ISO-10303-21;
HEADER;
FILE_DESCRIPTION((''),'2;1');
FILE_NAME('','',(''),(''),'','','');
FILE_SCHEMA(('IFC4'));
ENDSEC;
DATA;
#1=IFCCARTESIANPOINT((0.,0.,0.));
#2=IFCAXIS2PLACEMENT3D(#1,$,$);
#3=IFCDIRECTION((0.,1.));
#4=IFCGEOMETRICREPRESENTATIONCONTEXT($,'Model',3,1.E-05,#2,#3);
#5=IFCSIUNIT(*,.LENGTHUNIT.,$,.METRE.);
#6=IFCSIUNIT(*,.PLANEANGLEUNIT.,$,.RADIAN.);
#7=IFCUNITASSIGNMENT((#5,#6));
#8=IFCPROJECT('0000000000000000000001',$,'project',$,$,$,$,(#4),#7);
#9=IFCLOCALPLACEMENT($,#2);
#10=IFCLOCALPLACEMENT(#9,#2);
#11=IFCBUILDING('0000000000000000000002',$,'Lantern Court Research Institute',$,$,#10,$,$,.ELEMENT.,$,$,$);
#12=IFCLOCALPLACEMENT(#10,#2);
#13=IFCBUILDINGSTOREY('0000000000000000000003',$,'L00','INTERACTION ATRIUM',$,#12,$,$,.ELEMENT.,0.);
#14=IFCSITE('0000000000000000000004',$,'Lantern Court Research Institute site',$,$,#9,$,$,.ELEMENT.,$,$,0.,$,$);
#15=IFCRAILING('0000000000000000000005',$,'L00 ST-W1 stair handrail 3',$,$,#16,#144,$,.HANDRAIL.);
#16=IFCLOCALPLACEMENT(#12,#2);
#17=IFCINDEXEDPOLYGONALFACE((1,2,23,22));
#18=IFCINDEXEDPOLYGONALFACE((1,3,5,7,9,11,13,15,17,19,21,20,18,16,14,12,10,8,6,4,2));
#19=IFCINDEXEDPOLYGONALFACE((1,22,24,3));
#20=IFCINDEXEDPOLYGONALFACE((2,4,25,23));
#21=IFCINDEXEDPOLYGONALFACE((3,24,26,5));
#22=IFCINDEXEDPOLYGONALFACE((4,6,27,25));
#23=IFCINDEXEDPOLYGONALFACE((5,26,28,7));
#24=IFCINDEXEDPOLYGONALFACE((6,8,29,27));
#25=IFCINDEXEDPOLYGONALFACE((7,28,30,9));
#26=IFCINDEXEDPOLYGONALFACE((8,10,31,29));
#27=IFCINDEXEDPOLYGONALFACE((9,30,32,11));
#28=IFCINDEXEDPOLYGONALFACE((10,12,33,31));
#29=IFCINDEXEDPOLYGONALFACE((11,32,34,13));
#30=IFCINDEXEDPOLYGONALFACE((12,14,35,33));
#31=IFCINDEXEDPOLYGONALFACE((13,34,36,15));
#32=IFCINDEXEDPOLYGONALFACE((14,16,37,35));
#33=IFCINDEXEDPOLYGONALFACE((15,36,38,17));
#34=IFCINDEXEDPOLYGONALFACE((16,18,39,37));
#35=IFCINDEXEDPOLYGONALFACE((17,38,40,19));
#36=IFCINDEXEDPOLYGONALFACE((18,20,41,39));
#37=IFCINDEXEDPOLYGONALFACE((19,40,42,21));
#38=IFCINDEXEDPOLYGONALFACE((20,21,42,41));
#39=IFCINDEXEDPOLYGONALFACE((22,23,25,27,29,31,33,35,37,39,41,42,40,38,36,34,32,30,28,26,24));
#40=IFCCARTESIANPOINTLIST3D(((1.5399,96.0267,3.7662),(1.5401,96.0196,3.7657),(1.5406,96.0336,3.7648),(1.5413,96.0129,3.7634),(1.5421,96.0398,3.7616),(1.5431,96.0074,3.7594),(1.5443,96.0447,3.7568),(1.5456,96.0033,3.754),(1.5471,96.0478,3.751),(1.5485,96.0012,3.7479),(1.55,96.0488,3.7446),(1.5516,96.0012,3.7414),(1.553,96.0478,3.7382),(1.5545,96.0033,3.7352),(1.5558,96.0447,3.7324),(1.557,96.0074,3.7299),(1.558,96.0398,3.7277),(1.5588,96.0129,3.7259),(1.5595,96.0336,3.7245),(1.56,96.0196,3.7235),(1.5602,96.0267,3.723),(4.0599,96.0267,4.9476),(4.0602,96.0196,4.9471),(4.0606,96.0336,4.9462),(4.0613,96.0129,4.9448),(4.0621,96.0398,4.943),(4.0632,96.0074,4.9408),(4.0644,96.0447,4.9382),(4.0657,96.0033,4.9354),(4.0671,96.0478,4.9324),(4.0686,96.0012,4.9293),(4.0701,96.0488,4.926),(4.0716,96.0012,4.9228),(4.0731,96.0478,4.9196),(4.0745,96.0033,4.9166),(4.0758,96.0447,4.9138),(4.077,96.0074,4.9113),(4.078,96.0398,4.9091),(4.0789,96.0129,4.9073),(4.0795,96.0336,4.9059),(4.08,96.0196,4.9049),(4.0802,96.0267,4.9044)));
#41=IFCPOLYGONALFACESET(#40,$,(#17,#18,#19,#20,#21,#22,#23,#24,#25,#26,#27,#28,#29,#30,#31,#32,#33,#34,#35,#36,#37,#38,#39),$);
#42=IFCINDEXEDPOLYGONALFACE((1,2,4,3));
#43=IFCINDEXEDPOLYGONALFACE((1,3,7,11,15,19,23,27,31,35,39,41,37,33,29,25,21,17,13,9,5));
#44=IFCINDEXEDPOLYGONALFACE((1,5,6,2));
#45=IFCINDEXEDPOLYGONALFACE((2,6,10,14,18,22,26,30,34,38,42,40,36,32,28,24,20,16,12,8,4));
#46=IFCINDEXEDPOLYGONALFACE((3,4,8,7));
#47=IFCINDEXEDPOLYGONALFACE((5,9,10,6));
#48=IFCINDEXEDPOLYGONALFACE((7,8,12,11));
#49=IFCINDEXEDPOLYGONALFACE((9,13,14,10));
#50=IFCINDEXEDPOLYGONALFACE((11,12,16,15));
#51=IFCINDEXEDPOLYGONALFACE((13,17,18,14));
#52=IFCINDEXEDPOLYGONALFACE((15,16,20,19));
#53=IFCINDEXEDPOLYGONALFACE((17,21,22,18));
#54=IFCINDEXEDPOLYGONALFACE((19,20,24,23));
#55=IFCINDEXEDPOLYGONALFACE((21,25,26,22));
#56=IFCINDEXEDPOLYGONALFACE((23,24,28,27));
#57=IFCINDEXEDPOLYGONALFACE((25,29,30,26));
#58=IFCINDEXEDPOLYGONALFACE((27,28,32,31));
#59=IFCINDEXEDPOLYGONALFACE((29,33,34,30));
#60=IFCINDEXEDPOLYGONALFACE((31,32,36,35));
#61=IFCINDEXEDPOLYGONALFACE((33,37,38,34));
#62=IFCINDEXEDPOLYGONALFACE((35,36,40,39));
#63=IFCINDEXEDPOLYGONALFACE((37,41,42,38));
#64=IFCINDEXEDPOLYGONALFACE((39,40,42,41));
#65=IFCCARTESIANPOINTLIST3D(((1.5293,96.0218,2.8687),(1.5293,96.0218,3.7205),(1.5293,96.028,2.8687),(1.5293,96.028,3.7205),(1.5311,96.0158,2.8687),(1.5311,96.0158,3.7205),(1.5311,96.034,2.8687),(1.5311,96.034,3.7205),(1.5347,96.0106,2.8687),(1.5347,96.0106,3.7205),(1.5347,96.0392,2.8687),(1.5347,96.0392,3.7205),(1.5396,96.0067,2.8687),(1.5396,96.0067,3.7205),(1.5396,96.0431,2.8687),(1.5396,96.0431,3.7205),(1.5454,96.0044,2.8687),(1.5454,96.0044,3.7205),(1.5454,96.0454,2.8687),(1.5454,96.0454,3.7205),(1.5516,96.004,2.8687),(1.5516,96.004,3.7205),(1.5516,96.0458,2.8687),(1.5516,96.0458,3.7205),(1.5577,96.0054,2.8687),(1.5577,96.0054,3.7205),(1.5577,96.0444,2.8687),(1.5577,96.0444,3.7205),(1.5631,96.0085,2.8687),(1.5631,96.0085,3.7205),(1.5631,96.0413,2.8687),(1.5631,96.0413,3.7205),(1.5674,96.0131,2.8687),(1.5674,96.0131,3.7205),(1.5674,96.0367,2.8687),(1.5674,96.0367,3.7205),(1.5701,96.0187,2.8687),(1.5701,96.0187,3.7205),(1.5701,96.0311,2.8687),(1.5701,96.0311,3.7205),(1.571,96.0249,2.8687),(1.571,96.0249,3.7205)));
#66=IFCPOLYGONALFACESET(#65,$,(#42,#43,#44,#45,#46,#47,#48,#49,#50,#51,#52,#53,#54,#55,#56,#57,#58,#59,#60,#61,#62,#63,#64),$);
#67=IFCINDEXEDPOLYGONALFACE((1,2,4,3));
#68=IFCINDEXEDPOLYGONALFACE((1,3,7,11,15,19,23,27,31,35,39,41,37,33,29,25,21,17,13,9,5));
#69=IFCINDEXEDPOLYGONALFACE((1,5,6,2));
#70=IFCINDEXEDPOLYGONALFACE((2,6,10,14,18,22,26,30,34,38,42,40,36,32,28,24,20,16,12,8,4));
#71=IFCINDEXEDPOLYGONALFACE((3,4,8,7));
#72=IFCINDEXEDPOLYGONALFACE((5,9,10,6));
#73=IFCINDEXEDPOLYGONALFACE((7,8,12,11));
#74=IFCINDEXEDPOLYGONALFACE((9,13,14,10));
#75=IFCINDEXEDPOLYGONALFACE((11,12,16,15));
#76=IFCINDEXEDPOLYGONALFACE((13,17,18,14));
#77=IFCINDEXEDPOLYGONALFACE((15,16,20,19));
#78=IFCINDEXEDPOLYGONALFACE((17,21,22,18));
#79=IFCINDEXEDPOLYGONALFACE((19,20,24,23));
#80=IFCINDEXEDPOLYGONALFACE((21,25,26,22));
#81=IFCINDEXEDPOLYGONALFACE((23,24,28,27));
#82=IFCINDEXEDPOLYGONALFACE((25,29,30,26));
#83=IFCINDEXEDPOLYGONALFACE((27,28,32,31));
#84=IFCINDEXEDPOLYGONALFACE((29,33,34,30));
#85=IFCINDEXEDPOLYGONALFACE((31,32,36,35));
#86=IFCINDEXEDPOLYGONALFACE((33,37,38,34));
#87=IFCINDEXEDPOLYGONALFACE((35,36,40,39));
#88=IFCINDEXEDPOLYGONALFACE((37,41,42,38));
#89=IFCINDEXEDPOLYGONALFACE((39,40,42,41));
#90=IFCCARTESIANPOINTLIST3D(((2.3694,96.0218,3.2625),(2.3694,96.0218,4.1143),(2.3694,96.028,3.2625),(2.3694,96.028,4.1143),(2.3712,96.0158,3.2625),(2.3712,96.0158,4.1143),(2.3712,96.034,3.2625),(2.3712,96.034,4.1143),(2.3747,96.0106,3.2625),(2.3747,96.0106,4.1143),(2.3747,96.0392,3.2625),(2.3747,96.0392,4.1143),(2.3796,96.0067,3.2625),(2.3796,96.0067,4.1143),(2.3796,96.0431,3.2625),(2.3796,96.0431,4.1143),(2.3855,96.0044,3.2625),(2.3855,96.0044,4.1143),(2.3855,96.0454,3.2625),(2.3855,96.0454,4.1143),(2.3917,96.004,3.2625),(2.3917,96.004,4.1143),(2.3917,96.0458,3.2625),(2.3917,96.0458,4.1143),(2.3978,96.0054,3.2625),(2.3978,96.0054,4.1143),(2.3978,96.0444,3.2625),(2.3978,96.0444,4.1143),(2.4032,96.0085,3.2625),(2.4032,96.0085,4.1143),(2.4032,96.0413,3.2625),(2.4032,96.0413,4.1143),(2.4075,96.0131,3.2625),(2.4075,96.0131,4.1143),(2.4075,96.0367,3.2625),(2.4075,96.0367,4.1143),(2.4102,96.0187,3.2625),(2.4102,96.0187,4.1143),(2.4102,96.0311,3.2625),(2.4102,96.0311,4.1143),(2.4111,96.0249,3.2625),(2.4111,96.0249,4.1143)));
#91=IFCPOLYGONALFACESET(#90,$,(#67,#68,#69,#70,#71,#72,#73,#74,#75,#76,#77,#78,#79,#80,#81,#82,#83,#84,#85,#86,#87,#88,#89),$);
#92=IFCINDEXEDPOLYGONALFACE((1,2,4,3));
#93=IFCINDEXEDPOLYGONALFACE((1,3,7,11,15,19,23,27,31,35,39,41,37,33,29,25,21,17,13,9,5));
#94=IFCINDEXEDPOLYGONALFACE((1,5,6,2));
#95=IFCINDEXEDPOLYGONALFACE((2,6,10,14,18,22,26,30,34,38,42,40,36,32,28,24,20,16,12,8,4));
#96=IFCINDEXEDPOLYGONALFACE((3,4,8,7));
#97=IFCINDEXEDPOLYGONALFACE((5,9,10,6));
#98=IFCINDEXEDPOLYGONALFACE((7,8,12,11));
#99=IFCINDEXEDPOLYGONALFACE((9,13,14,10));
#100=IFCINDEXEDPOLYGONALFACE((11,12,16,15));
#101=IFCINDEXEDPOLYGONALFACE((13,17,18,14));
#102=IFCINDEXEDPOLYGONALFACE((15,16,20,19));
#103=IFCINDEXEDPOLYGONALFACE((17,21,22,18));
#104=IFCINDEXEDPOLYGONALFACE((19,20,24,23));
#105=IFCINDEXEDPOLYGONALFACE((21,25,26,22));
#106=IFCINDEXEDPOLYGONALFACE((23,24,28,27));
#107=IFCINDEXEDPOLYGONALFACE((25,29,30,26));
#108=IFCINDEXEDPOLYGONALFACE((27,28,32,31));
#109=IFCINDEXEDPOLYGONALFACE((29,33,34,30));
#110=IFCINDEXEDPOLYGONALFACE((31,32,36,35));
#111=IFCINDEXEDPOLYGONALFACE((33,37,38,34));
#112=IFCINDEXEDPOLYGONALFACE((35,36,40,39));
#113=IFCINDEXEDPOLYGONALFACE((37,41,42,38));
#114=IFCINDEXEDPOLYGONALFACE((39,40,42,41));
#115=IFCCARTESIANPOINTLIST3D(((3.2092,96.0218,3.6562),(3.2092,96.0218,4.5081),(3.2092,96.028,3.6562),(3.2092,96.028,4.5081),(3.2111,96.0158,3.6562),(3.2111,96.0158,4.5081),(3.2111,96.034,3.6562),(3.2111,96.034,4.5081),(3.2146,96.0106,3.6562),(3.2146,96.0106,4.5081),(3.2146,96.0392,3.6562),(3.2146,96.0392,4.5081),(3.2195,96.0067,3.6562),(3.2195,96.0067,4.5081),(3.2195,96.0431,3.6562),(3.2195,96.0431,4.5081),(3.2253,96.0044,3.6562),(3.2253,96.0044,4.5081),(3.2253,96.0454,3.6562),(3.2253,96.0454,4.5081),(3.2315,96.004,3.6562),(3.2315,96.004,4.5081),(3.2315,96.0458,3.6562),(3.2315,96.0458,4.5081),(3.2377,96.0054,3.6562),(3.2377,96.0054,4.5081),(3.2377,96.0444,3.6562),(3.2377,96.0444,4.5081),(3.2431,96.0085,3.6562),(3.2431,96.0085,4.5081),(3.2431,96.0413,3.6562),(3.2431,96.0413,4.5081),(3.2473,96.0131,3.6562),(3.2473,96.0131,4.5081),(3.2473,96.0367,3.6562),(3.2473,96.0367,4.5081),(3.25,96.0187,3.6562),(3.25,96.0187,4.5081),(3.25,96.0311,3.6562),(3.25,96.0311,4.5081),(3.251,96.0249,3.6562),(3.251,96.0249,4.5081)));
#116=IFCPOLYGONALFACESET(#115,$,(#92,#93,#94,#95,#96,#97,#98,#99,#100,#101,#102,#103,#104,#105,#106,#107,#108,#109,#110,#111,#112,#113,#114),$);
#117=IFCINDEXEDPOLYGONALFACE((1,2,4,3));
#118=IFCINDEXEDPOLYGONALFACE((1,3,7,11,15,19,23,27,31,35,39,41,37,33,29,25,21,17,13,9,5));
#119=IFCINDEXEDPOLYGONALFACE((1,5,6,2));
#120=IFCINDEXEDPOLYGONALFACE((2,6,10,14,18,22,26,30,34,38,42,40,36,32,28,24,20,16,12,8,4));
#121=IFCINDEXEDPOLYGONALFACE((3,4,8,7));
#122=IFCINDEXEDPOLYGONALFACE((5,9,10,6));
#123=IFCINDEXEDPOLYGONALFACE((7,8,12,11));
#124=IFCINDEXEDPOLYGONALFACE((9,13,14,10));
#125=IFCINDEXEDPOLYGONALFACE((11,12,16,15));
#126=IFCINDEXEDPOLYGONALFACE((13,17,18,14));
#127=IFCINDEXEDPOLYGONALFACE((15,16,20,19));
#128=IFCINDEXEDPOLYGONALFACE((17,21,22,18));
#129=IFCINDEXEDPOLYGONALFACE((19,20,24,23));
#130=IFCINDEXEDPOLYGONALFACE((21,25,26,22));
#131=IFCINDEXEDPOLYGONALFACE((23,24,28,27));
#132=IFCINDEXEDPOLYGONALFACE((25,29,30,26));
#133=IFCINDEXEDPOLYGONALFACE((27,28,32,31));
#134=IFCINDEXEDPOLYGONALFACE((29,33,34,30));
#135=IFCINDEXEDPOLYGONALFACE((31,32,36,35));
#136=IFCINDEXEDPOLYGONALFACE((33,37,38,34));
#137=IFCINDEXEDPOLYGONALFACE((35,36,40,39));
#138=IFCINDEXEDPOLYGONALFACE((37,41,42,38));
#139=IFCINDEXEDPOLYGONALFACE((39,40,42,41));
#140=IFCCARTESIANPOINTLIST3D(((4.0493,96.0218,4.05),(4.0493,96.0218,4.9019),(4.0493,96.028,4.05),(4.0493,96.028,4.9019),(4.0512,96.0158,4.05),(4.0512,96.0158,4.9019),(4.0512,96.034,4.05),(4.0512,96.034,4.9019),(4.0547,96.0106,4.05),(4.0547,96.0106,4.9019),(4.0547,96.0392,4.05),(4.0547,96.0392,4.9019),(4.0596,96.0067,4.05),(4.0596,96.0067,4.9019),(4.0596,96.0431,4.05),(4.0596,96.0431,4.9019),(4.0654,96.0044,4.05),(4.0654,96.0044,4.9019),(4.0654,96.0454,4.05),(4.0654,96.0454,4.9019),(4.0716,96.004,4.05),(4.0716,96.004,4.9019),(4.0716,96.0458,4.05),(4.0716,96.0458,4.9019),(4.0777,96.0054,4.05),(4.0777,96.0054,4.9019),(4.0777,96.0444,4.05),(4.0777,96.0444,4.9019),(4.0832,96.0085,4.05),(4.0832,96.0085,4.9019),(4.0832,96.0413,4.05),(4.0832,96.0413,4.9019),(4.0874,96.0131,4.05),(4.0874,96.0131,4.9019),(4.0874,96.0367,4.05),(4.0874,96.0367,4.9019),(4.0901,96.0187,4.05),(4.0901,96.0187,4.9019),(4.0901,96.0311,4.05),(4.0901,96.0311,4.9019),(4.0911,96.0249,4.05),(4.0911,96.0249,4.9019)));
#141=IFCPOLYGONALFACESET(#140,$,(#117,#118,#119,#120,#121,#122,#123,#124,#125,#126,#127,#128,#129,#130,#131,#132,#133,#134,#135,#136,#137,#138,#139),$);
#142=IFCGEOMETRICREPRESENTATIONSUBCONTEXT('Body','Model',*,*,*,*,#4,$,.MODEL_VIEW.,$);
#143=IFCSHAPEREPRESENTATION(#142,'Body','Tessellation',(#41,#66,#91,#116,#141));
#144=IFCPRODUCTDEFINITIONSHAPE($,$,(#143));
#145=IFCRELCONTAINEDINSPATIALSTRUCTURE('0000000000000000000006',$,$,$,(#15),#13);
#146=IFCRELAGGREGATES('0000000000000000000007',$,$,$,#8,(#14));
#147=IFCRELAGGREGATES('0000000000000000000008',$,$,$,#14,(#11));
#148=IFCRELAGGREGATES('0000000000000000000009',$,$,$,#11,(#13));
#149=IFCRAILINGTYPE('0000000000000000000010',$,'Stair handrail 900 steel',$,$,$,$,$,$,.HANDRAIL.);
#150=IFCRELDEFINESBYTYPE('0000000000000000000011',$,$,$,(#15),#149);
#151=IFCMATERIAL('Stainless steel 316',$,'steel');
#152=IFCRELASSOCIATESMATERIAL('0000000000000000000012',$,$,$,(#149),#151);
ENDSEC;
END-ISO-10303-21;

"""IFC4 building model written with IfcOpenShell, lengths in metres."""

from ifc_helpers import new_model, si_unit, direction, frame, origin, origin_2d, place, context, subcontext, project, spatial, circle, extrude, material, type_object, element, save


model = new_model("IFC4")

# Units and contexts
model_context = context("Model", 3, precision=1e-05, world=origin(), true_north=direction((0.0, 1.0)))
body_context = subcontext(model_context, "Body", "Model", "MODEL_VIEW")
ifc_project = project(units=[si_unit("LENGTHUNIT", "METRE"), si_unit("PLANEANGLEUNIT", "RADIAN")], contexts=[model_context])

# Site, building, storey
site_placement = place(None, origin())
site = spatial("IfcSite", under=ifc_project, at=site_placement, Name="Lantern Court Research Institute site", CompositionType="ELEMENT", RefElevation=0.0)
building_placement = place(site_placement, origin())
building = spatial("IfcBuilding", under=site, at=building_placement, Name="Lantern Court Research Institute", CompositionType="ELEMENT")
storey_placement = place(building_placement, origin())
storey = spatial("IfcBuildingStorey", under=building, at=storey_placement, Name="L00", Description="INTERACTION ATRIUM", CompositionType="ELEMENT", Elevation=0.0)

# Railing
ifc_material_1 = material(Name="Stainless steel 316", Category="steel")
railing_type = type_object("IfcRailingType", Name="Stair handrail 900 steel", PredefinedType="HANDRAIL", material=ifc_material_1)
for number, where, name in (
    (1, (1.55, 96.0249, 2.8687), "L00 ST-W1 stair handrail 3"),
):
    element("IfcRailing", number, at=place(storey_placement, frame(where)), inside=storey, type_object=railing_type, Name=name, PredefinedType="HANDRAIL", context=body_context, shape_type="SweptSolid", body=[
        extrude(circle(Radius=0.0239, at=origin_2d()), frame((0.0, 0.0, 0.876), z_axis=(0.90544, 0.0, 0.424474), x_axis=(0.0, 1.0, 0.0)), (0.0, 0.0, 1.0), 2.7832),
        extrude(circle(Radius=0.021, at=origin_2d()), origin(), (0.0, 0.0, 1.0), 0.8518),
        extrude(circle(Radius=0.021, at=origin_2d()), frame((0.8401, 0.0, 0.3938)), (0.0, 0.0, 1.0), 0.8518),
        extrude(circle(Radius=0.021, at=origin_2d()), frame((1.6799, 0.0, 0.7876)), (0.0, 0.0, 1.0), 0.8518),
        extrude(circle(Radius=0.021, at=origin_2d()), frame((2.52, 0.0, 1.1814)), (0.0, 0.0, 1.0), 0.8518),
    ])

save(model, "model.ifc")
